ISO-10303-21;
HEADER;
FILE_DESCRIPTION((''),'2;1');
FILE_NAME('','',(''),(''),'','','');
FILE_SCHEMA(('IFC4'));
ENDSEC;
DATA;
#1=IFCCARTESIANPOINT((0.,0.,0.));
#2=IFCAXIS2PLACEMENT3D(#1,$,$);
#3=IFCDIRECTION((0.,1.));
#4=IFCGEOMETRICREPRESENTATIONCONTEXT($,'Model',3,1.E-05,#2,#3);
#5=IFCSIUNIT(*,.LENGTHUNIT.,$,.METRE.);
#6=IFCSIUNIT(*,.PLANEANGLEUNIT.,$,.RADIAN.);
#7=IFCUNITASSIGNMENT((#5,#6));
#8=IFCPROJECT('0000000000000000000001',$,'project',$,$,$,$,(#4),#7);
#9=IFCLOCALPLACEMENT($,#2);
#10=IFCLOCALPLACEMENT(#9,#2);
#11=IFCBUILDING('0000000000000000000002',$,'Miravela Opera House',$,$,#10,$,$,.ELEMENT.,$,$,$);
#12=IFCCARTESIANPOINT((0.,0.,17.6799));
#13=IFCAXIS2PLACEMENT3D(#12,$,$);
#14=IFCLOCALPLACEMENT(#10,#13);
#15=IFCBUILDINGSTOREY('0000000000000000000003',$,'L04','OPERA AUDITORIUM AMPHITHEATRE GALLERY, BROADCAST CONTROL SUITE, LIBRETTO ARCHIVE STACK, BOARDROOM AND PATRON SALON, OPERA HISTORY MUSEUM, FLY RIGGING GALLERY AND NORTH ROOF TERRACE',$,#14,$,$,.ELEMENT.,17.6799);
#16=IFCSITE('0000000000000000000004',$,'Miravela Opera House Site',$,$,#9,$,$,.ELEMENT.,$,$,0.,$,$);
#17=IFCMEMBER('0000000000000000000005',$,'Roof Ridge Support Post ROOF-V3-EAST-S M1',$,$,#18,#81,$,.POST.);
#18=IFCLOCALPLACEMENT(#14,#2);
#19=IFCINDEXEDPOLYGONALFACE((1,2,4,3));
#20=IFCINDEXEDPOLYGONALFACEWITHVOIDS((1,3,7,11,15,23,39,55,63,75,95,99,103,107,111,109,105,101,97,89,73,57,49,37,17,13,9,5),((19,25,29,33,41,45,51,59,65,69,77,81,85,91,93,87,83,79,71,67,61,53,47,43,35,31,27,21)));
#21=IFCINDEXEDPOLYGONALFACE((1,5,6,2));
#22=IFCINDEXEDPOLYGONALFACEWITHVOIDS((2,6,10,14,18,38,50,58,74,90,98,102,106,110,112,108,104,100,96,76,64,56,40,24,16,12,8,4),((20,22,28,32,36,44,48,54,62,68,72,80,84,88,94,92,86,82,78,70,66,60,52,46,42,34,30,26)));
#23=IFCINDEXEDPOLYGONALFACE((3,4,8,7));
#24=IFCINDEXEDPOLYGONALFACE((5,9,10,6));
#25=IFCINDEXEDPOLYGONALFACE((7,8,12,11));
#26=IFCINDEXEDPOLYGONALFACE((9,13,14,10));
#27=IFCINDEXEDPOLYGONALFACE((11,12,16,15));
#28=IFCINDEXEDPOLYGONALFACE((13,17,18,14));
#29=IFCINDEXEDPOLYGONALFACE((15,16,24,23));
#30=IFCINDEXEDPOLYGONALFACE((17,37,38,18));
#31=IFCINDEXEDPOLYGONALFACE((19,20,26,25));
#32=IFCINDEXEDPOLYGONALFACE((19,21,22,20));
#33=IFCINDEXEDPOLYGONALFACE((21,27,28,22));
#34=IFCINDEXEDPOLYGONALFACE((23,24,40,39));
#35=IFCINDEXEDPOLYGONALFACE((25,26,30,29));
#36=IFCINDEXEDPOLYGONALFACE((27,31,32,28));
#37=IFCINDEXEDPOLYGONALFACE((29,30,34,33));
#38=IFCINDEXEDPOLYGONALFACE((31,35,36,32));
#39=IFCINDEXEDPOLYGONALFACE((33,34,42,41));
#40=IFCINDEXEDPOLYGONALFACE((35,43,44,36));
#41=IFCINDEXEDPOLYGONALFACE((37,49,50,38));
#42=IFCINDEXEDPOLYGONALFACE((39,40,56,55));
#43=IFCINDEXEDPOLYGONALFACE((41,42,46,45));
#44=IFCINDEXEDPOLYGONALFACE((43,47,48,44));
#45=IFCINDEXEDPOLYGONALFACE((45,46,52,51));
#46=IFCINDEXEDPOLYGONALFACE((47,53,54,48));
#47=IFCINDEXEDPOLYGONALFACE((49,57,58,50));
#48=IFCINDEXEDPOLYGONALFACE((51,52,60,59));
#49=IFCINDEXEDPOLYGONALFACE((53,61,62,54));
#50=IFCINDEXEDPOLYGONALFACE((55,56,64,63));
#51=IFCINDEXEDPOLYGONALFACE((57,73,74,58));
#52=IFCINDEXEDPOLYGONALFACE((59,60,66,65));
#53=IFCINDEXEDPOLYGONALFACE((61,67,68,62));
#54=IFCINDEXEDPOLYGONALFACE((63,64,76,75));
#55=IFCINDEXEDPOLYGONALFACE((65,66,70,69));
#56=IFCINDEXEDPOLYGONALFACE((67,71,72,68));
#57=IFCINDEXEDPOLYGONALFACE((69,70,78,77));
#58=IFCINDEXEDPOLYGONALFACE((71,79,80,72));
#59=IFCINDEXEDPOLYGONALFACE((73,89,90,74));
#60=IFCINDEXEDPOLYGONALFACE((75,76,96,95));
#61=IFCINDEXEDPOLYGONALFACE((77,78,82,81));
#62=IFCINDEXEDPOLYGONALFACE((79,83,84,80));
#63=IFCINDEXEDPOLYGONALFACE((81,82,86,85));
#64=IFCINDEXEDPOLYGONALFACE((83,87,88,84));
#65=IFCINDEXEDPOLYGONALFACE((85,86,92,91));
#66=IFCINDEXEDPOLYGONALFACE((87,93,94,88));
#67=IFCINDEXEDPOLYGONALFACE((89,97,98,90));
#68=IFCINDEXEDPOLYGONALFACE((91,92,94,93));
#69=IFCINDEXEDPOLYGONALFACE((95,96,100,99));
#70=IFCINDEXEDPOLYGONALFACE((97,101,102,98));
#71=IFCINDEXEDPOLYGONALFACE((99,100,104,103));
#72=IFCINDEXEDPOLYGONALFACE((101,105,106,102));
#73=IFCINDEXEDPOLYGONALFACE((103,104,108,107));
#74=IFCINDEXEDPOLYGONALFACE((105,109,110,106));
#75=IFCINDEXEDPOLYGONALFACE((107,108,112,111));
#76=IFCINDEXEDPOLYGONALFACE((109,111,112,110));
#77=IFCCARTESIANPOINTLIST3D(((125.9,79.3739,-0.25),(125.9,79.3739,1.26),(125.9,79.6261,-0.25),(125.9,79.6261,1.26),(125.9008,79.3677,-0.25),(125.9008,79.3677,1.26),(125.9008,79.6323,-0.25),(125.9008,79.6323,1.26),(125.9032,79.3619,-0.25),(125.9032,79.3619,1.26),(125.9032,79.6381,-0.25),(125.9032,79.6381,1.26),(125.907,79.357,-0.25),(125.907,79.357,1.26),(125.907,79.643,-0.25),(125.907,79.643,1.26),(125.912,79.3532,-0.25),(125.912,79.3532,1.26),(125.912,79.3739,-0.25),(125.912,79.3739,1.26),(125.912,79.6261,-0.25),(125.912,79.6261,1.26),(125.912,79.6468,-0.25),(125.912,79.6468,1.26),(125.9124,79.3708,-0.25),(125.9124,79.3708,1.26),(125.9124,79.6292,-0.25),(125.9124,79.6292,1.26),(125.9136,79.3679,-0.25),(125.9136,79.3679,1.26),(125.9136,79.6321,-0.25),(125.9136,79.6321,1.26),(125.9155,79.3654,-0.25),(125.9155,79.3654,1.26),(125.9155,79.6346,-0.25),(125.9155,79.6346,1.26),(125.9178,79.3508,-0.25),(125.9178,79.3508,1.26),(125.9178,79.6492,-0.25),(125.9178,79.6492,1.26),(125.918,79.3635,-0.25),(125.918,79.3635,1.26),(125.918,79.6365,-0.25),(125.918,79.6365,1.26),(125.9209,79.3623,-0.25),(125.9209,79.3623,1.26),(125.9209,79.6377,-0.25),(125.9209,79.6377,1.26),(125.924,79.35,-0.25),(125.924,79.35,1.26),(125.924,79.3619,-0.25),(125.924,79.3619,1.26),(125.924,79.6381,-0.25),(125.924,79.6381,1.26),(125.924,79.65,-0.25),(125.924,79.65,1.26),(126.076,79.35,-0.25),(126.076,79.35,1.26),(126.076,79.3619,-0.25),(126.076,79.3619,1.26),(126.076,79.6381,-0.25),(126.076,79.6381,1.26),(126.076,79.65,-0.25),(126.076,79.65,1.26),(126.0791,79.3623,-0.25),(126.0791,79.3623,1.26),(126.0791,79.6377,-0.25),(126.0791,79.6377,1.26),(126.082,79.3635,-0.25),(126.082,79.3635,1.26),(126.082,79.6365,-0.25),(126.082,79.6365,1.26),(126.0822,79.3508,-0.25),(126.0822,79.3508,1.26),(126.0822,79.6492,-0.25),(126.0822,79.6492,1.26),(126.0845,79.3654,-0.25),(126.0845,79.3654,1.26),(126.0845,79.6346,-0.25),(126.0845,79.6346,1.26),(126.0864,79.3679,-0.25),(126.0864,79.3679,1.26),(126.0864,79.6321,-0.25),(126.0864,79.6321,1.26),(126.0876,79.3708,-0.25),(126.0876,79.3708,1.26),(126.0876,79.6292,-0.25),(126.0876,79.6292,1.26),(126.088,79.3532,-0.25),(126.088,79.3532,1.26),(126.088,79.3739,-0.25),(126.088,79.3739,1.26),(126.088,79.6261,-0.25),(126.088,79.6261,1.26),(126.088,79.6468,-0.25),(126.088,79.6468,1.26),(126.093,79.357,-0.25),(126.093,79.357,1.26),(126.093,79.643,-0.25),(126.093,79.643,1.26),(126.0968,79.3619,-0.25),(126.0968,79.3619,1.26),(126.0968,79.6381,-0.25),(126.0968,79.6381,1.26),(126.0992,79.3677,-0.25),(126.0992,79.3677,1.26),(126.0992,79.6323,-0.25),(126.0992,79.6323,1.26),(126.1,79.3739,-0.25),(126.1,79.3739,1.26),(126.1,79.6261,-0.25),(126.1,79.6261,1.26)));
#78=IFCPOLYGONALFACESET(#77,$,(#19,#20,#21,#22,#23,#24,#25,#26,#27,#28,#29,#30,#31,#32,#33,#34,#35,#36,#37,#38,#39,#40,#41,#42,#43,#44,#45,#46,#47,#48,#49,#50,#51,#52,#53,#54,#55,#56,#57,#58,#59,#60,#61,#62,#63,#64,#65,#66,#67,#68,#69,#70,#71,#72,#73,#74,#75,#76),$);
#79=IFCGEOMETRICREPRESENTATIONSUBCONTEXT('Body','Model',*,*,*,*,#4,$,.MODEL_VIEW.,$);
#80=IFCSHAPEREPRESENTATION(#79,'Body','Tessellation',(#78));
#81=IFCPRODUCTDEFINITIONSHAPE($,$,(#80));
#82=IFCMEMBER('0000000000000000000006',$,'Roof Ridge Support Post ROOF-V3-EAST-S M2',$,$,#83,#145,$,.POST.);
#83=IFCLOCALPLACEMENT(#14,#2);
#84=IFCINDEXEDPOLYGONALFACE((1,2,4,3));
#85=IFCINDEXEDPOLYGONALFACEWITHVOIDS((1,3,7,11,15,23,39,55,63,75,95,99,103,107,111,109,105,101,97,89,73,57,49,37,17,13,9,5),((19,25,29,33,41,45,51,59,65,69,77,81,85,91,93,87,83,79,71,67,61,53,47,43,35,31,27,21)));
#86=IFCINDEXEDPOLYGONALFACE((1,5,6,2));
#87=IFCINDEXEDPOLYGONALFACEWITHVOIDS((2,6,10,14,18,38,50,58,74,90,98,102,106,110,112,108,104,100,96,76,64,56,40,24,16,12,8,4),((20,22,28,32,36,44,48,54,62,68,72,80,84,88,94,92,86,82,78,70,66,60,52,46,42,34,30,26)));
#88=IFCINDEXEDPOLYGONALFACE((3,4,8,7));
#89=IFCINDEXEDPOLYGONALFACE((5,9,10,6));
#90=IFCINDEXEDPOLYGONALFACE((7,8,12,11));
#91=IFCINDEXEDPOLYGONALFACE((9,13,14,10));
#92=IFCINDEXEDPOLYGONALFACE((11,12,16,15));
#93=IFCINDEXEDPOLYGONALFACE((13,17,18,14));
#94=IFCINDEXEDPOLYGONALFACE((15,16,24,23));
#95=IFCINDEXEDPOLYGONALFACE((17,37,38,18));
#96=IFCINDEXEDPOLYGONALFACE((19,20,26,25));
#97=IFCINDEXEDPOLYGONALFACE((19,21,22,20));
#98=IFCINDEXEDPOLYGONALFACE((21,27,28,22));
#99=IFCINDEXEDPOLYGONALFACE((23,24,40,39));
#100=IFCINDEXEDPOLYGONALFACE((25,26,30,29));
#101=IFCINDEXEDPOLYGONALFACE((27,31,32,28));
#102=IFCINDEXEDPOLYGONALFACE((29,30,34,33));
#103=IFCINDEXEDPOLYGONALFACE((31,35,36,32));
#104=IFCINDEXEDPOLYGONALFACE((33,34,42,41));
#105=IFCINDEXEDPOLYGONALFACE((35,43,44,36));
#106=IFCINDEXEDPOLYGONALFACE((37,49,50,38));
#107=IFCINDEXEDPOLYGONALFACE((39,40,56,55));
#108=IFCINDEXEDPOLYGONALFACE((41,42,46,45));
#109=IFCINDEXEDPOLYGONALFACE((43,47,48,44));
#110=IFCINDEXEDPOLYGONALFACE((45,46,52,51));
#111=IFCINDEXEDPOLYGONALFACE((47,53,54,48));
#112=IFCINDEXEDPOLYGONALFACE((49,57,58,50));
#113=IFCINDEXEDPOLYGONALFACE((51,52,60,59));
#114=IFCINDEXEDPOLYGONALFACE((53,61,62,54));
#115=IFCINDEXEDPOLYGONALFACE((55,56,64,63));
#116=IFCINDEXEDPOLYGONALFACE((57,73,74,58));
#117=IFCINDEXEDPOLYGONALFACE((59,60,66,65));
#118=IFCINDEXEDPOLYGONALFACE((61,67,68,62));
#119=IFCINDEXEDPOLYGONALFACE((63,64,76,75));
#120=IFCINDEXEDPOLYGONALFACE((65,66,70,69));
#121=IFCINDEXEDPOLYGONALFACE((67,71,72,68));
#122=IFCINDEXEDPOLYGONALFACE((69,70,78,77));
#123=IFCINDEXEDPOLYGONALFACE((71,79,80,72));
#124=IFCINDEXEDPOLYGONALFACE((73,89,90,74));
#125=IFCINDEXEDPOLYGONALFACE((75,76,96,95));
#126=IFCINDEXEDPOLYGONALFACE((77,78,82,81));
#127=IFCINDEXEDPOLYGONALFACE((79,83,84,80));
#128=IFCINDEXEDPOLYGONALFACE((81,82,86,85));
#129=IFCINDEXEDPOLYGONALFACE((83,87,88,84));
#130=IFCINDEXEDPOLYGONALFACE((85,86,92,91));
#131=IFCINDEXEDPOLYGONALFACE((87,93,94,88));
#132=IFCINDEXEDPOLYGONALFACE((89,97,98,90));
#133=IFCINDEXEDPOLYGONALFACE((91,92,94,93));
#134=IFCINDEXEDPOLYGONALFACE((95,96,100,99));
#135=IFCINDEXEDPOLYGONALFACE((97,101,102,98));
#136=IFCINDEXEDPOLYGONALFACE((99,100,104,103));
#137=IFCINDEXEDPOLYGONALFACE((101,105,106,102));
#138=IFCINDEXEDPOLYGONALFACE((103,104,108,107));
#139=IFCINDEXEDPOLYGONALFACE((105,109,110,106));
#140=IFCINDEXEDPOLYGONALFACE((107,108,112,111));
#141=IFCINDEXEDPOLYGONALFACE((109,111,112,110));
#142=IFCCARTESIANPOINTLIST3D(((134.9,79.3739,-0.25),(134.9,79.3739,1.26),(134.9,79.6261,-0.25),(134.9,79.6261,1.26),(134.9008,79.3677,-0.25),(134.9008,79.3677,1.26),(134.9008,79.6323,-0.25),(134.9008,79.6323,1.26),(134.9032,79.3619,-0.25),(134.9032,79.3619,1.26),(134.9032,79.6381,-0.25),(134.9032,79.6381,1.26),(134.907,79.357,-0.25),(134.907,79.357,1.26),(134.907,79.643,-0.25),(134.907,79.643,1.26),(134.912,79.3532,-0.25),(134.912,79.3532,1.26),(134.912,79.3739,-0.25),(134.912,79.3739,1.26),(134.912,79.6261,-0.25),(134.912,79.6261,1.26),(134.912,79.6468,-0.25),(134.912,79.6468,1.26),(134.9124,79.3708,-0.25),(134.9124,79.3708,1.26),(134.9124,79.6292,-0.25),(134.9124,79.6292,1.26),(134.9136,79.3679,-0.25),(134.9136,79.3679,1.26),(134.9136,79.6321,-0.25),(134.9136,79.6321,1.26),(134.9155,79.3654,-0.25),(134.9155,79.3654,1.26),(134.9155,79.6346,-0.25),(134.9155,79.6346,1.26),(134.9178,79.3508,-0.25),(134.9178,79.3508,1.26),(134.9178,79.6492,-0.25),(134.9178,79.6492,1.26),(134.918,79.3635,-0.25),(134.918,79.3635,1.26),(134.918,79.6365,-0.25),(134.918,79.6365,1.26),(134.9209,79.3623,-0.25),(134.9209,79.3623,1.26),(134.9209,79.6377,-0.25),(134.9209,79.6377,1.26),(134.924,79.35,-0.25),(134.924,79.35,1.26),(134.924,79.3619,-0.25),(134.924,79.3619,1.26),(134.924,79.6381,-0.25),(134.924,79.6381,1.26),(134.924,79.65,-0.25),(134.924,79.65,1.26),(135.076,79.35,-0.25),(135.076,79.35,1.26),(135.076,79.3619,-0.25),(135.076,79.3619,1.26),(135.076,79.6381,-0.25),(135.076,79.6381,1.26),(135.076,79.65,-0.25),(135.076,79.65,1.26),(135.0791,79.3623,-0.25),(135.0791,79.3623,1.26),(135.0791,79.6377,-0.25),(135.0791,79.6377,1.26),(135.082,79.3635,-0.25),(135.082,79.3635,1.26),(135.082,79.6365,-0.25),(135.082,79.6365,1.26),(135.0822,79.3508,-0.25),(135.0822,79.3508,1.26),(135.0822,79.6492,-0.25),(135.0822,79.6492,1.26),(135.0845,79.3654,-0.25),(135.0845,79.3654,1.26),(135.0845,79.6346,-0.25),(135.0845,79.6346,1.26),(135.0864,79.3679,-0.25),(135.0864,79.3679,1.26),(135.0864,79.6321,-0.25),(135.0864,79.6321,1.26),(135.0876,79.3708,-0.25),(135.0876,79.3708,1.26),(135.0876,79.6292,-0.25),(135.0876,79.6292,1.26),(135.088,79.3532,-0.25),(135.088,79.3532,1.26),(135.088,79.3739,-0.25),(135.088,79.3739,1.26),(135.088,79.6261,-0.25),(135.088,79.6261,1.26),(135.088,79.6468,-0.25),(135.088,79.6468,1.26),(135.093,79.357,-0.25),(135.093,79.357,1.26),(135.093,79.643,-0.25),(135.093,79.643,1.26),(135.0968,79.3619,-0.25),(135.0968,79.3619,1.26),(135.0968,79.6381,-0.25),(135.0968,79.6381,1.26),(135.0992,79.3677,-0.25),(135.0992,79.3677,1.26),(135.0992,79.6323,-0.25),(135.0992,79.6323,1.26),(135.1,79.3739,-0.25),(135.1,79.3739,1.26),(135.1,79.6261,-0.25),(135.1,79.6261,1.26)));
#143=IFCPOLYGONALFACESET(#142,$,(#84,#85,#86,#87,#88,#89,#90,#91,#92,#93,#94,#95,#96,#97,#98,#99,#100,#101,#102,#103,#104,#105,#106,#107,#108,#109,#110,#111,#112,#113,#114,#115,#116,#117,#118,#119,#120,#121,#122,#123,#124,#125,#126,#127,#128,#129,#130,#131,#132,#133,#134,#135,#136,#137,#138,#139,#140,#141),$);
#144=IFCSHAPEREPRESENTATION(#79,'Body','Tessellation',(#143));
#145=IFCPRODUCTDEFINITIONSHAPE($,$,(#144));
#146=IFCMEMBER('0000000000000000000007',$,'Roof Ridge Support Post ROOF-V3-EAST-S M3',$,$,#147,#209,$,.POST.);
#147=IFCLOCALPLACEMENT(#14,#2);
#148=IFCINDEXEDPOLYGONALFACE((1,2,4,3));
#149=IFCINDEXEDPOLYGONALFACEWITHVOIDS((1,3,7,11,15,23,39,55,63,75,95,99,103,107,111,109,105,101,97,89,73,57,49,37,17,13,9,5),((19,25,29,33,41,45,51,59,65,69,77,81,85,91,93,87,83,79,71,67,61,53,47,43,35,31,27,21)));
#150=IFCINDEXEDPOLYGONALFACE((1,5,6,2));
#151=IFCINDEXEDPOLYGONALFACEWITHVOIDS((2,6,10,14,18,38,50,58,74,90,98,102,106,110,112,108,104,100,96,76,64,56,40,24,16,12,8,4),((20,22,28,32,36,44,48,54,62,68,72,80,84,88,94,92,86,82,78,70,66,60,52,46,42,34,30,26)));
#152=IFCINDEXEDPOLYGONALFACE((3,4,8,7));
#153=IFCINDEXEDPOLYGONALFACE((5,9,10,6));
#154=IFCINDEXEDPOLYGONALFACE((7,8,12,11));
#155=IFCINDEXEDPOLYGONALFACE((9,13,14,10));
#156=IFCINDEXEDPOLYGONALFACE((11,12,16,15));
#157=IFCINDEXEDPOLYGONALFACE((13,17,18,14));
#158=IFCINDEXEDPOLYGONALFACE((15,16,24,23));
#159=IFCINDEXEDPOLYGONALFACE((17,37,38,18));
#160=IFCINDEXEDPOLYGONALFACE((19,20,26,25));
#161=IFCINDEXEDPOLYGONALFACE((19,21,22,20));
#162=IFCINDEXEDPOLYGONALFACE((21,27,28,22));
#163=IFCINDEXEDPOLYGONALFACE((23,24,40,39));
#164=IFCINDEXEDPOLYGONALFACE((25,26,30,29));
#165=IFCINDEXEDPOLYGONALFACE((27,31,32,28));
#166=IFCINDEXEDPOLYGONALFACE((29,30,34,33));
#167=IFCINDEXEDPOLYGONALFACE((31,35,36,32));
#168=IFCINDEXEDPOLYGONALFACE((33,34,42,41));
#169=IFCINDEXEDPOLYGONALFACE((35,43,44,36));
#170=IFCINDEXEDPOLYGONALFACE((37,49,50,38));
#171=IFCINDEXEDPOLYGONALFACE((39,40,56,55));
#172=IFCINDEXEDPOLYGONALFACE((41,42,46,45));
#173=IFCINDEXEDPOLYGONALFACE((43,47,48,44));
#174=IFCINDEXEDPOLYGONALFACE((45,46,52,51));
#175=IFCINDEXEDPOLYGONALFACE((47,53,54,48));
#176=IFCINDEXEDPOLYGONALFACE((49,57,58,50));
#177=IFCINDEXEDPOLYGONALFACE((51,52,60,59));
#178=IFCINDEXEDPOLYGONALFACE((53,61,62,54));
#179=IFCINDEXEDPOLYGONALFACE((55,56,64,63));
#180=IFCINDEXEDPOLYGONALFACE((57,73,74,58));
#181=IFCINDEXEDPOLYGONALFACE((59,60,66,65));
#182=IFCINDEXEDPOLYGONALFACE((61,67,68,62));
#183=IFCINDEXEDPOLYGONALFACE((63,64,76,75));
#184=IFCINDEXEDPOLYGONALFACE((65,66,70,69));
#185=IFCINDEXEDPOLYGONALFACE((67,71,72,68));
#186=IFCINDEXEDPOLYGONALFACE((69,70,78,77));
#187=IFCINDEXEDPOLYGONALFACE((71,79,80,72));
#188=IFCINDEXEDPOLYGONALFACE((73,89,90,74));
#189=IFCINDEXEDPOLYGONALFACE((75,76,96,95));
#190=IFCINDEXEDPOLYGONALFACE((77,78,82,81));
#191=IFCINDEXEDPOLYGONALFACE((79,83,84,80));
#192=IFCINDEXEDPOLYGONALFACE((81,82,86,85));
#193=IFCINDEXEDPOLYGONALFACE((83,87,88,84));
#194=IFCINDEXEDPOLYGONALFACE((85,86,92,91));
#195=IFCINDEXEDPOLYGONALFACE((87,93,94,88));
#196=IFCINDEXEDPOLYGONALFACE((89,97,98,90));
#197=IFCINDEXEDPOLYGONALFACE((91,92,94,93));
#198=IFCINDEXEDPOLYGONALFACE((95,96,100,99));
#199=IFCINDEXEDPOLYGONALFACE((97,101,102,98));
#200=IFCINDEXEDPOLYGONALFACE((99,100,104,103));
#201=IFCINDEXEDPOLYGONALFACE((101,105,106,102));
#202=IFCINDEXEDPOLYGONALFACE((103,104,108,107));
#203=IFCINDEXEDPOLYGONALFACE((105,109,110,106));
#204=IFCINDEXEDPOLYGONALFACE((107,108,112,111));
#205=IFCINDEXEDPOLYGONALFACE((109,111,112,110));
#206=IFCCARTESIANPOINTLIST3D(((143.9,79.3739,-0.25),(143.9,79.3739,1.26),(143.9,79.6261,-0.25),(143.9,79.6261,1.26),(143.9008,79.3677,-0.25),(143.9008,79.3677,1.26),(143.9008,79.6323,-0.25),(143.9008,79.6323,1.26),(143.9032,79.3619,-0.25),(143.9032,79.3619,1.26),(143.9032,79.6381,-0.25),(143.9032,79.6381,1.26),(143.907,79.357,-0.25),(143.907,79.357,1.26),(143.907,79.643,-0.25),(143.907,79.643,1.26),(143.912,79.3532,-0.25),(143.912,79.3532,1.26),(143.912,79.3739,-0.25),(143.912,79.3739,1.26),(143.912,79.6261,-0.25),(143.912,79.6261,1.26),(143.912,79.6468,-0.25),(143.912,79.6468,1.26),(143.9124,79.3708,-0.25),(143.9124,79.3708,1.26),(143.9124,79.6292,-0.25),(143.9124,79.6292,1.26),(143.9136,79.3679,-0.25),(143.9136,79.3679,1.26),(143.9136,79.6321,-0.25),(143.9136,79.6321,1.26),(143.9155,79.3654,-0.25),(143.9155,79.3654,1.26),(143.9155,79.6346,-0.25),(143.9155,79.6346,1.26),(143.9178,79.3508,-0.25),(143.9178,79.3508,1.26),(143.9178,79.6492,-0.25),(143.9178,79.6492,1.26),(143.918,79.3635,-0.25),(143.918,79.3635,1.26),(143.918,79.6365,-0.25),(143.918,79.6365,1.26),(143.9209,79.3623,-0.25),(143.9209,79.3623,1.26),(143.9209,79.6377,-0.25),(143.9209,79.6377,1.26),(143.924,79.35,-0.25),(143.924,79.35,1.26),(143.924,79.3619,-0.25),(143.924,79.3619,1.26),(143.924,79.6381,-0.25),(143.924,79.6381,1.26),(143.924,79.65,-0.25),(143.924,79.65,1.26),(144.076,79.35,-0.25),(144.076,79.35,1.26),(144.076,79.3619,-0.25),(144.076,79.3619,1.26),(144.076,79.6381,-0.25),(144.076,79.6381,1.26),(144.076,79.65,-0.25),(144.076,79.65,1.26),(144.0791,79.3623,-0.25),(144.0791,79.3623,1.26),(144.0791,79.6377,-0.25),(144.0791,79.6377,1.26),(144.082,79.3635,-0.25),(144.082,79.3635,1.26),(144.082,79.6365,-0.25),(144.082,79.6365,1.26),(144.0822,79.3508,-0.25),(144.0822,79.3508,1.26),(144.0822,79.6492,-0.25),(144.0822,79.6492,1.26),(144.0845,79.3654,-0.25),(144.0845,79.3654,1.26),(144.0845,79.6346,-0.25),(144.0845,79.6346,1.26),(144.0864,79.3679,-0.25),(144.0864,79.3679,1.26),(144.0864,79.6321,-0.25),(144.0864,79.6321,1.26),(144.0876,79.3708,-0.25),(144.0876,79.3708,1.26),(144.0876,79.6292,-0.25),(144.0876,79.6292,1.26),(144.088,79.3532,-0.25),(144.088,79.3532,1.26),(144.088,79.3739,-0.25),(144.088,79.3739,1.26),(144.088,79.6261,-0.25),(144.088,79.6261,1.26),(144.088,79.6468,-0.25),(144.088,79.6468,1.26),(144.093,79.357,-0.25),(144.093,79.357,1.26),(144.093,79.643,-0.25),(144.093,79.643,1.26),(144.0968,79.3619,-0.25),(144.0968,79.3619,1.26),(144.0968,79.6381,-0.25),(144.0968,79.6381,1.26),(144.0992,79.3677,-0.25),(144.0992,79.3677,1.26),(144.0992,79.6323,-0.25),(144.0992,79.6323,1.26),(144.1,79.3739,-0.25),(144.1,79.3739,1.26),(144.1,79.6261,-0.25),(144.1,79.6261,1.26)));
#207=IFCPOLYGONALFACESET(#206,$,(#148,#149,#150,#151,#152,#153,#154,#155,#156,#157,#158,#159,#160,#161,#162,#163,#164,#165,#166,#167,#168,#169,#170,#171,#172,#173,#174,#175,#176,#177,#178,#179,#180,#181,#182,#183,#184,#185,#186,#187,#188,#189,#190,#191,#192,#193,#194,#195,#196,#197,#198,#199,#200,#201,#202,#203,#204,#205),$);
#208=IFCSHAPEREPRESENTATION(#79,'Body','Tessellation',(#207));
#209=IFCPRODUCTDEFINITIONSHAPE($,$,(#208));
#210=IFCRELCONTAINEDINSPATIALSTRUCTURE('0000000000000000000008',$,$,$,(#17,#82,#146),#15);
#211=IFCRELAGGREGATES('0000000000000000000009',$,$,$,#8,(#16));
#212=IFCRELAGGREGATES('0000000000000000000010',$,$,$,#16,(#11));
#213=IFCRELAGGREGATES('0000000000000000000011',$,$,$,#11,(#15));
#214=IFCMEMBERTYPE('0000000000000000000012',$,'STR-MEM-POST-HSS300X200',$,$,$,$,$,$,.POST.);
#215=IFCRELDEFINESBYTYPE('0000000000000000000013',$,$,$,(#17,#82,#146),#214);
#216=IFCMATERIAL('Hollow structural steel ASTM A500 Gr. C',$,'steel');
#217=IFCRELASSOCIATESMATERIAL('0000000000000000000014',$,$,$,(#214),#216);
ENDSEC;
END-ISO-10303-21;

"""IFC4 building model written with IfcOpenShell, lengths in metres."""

from ifc_helpers import new_model, si_unit, direction, frame, origin, origin_2d, place, context, subcontext, project, spatial, hollow_rectangle, extrude, material, material_profile, profile_set, type_object, element, save


model = new_model("IFC4")

# Units and contexts
model_context = context("Model", 3, precision=1e-05, world=origin(), true_north=direction((0.0, 1.0)))
body_context = subcontext(model_context, "Body", "Model", "MODEL_VIEW")
ifc_project = project(units=[si_unit("LENGTHUNIT", "METRE"), si_unit("PLANEANGLEUNIT", "RADIAN")], contexts=[model_context])

# Site, building, storey
site_placement = place(None, origin())
site = spatial("IfcSite", under=ifc_project, at=site_placement, Name="Miravela Opera House Site", CompositionType="ELEMENT", RefElevation=0.0)
building_placement = place(site_placement, origin())
building = spatial("IfcBuilding", under=site, at=building_placement, Name="Miravela Opera House", CompositionType="ELEMENT")
storey_placement = place(building_placement, frame((0.0, 0.0, 17.6799)))
storey = spatial("IfcBuildingStorey", under=building, at=storey_placement, Name="L04", Description="OPERA AUDITORIUM AMPHITHEATRE GALLERY, BROADCAST CONTROL SUITE, LIBRETTO ARCHIVE STACK, BOARDROOM AND PATRON SALON, OPERA HISTORY MUSEUM, FLY RIGGING GALLERY AND NORTH ROOF TERRACE", CompositionType="ELEMENT", Elevation=17.6799)

# Members
ifc_material_1 = material(Name="Hollow structural steel ASTM A500 Gr. C", Category="steel")
ifc_material_profile_1 = material_profile(ifc_material_1, hollow_rectangle(XDim=0.2, YDim=0.3, WallThickness=0.012, InnerFilletRadius=0.012, OuterFilletRadius=0.0239, at=origin_2d()), Name="HSS300X200X12")
ifc_profile_set_1 = profile_set([ifc_material_profile_1])
member_type_1 = type_object("IfcMemberType", Name="STR-MEM-POST-HSS300X200", PredefinedType="POST", material=ifc_profile_set_1)
for number, where, z_axis, x_axis, name in (
    (1, (126.0, 79.5, -0.25), (0.0, 0.0, 1.0), (1.0, 0.0, 0.0), "Roof Ridge Support Post ROOF-V3-EAST-S M1"),
    (2, (135.0, 79.5, -0.25), (0.0, 0.0, 1.0), (1.0, 0.0, 0.0), "Roof Ridge Support Post ROOF-V3-EAST-S M2"),
    (3, (144.0, 79.5, -0.25), (0.0, 0.0, 1.0), (1.0, 0.0, 0.0), "Roof Ridge Support Post ROOF-V3-EAST-S M3"),
):
    element("IfcMember", number, at=place(storey_placement, frame(where, z_axis=z_axis, x_axis=x_axis)), inside=storey, type_object=member_type_1, Name=name, PredefinedType="POST", context=body_context, shape_type="SweptSolid", body=[
        extrude(hollow_rectangle(XDim=0.2, YDim=0.3, WallThickness=0.012, InnerFilletRadius=0.012, OuterFilletRadius=0.0239, at=origin_2d()), origin(), (0.0, 0.0, 1.0), 1.51),
    ])

save(model, "model.ifc")
